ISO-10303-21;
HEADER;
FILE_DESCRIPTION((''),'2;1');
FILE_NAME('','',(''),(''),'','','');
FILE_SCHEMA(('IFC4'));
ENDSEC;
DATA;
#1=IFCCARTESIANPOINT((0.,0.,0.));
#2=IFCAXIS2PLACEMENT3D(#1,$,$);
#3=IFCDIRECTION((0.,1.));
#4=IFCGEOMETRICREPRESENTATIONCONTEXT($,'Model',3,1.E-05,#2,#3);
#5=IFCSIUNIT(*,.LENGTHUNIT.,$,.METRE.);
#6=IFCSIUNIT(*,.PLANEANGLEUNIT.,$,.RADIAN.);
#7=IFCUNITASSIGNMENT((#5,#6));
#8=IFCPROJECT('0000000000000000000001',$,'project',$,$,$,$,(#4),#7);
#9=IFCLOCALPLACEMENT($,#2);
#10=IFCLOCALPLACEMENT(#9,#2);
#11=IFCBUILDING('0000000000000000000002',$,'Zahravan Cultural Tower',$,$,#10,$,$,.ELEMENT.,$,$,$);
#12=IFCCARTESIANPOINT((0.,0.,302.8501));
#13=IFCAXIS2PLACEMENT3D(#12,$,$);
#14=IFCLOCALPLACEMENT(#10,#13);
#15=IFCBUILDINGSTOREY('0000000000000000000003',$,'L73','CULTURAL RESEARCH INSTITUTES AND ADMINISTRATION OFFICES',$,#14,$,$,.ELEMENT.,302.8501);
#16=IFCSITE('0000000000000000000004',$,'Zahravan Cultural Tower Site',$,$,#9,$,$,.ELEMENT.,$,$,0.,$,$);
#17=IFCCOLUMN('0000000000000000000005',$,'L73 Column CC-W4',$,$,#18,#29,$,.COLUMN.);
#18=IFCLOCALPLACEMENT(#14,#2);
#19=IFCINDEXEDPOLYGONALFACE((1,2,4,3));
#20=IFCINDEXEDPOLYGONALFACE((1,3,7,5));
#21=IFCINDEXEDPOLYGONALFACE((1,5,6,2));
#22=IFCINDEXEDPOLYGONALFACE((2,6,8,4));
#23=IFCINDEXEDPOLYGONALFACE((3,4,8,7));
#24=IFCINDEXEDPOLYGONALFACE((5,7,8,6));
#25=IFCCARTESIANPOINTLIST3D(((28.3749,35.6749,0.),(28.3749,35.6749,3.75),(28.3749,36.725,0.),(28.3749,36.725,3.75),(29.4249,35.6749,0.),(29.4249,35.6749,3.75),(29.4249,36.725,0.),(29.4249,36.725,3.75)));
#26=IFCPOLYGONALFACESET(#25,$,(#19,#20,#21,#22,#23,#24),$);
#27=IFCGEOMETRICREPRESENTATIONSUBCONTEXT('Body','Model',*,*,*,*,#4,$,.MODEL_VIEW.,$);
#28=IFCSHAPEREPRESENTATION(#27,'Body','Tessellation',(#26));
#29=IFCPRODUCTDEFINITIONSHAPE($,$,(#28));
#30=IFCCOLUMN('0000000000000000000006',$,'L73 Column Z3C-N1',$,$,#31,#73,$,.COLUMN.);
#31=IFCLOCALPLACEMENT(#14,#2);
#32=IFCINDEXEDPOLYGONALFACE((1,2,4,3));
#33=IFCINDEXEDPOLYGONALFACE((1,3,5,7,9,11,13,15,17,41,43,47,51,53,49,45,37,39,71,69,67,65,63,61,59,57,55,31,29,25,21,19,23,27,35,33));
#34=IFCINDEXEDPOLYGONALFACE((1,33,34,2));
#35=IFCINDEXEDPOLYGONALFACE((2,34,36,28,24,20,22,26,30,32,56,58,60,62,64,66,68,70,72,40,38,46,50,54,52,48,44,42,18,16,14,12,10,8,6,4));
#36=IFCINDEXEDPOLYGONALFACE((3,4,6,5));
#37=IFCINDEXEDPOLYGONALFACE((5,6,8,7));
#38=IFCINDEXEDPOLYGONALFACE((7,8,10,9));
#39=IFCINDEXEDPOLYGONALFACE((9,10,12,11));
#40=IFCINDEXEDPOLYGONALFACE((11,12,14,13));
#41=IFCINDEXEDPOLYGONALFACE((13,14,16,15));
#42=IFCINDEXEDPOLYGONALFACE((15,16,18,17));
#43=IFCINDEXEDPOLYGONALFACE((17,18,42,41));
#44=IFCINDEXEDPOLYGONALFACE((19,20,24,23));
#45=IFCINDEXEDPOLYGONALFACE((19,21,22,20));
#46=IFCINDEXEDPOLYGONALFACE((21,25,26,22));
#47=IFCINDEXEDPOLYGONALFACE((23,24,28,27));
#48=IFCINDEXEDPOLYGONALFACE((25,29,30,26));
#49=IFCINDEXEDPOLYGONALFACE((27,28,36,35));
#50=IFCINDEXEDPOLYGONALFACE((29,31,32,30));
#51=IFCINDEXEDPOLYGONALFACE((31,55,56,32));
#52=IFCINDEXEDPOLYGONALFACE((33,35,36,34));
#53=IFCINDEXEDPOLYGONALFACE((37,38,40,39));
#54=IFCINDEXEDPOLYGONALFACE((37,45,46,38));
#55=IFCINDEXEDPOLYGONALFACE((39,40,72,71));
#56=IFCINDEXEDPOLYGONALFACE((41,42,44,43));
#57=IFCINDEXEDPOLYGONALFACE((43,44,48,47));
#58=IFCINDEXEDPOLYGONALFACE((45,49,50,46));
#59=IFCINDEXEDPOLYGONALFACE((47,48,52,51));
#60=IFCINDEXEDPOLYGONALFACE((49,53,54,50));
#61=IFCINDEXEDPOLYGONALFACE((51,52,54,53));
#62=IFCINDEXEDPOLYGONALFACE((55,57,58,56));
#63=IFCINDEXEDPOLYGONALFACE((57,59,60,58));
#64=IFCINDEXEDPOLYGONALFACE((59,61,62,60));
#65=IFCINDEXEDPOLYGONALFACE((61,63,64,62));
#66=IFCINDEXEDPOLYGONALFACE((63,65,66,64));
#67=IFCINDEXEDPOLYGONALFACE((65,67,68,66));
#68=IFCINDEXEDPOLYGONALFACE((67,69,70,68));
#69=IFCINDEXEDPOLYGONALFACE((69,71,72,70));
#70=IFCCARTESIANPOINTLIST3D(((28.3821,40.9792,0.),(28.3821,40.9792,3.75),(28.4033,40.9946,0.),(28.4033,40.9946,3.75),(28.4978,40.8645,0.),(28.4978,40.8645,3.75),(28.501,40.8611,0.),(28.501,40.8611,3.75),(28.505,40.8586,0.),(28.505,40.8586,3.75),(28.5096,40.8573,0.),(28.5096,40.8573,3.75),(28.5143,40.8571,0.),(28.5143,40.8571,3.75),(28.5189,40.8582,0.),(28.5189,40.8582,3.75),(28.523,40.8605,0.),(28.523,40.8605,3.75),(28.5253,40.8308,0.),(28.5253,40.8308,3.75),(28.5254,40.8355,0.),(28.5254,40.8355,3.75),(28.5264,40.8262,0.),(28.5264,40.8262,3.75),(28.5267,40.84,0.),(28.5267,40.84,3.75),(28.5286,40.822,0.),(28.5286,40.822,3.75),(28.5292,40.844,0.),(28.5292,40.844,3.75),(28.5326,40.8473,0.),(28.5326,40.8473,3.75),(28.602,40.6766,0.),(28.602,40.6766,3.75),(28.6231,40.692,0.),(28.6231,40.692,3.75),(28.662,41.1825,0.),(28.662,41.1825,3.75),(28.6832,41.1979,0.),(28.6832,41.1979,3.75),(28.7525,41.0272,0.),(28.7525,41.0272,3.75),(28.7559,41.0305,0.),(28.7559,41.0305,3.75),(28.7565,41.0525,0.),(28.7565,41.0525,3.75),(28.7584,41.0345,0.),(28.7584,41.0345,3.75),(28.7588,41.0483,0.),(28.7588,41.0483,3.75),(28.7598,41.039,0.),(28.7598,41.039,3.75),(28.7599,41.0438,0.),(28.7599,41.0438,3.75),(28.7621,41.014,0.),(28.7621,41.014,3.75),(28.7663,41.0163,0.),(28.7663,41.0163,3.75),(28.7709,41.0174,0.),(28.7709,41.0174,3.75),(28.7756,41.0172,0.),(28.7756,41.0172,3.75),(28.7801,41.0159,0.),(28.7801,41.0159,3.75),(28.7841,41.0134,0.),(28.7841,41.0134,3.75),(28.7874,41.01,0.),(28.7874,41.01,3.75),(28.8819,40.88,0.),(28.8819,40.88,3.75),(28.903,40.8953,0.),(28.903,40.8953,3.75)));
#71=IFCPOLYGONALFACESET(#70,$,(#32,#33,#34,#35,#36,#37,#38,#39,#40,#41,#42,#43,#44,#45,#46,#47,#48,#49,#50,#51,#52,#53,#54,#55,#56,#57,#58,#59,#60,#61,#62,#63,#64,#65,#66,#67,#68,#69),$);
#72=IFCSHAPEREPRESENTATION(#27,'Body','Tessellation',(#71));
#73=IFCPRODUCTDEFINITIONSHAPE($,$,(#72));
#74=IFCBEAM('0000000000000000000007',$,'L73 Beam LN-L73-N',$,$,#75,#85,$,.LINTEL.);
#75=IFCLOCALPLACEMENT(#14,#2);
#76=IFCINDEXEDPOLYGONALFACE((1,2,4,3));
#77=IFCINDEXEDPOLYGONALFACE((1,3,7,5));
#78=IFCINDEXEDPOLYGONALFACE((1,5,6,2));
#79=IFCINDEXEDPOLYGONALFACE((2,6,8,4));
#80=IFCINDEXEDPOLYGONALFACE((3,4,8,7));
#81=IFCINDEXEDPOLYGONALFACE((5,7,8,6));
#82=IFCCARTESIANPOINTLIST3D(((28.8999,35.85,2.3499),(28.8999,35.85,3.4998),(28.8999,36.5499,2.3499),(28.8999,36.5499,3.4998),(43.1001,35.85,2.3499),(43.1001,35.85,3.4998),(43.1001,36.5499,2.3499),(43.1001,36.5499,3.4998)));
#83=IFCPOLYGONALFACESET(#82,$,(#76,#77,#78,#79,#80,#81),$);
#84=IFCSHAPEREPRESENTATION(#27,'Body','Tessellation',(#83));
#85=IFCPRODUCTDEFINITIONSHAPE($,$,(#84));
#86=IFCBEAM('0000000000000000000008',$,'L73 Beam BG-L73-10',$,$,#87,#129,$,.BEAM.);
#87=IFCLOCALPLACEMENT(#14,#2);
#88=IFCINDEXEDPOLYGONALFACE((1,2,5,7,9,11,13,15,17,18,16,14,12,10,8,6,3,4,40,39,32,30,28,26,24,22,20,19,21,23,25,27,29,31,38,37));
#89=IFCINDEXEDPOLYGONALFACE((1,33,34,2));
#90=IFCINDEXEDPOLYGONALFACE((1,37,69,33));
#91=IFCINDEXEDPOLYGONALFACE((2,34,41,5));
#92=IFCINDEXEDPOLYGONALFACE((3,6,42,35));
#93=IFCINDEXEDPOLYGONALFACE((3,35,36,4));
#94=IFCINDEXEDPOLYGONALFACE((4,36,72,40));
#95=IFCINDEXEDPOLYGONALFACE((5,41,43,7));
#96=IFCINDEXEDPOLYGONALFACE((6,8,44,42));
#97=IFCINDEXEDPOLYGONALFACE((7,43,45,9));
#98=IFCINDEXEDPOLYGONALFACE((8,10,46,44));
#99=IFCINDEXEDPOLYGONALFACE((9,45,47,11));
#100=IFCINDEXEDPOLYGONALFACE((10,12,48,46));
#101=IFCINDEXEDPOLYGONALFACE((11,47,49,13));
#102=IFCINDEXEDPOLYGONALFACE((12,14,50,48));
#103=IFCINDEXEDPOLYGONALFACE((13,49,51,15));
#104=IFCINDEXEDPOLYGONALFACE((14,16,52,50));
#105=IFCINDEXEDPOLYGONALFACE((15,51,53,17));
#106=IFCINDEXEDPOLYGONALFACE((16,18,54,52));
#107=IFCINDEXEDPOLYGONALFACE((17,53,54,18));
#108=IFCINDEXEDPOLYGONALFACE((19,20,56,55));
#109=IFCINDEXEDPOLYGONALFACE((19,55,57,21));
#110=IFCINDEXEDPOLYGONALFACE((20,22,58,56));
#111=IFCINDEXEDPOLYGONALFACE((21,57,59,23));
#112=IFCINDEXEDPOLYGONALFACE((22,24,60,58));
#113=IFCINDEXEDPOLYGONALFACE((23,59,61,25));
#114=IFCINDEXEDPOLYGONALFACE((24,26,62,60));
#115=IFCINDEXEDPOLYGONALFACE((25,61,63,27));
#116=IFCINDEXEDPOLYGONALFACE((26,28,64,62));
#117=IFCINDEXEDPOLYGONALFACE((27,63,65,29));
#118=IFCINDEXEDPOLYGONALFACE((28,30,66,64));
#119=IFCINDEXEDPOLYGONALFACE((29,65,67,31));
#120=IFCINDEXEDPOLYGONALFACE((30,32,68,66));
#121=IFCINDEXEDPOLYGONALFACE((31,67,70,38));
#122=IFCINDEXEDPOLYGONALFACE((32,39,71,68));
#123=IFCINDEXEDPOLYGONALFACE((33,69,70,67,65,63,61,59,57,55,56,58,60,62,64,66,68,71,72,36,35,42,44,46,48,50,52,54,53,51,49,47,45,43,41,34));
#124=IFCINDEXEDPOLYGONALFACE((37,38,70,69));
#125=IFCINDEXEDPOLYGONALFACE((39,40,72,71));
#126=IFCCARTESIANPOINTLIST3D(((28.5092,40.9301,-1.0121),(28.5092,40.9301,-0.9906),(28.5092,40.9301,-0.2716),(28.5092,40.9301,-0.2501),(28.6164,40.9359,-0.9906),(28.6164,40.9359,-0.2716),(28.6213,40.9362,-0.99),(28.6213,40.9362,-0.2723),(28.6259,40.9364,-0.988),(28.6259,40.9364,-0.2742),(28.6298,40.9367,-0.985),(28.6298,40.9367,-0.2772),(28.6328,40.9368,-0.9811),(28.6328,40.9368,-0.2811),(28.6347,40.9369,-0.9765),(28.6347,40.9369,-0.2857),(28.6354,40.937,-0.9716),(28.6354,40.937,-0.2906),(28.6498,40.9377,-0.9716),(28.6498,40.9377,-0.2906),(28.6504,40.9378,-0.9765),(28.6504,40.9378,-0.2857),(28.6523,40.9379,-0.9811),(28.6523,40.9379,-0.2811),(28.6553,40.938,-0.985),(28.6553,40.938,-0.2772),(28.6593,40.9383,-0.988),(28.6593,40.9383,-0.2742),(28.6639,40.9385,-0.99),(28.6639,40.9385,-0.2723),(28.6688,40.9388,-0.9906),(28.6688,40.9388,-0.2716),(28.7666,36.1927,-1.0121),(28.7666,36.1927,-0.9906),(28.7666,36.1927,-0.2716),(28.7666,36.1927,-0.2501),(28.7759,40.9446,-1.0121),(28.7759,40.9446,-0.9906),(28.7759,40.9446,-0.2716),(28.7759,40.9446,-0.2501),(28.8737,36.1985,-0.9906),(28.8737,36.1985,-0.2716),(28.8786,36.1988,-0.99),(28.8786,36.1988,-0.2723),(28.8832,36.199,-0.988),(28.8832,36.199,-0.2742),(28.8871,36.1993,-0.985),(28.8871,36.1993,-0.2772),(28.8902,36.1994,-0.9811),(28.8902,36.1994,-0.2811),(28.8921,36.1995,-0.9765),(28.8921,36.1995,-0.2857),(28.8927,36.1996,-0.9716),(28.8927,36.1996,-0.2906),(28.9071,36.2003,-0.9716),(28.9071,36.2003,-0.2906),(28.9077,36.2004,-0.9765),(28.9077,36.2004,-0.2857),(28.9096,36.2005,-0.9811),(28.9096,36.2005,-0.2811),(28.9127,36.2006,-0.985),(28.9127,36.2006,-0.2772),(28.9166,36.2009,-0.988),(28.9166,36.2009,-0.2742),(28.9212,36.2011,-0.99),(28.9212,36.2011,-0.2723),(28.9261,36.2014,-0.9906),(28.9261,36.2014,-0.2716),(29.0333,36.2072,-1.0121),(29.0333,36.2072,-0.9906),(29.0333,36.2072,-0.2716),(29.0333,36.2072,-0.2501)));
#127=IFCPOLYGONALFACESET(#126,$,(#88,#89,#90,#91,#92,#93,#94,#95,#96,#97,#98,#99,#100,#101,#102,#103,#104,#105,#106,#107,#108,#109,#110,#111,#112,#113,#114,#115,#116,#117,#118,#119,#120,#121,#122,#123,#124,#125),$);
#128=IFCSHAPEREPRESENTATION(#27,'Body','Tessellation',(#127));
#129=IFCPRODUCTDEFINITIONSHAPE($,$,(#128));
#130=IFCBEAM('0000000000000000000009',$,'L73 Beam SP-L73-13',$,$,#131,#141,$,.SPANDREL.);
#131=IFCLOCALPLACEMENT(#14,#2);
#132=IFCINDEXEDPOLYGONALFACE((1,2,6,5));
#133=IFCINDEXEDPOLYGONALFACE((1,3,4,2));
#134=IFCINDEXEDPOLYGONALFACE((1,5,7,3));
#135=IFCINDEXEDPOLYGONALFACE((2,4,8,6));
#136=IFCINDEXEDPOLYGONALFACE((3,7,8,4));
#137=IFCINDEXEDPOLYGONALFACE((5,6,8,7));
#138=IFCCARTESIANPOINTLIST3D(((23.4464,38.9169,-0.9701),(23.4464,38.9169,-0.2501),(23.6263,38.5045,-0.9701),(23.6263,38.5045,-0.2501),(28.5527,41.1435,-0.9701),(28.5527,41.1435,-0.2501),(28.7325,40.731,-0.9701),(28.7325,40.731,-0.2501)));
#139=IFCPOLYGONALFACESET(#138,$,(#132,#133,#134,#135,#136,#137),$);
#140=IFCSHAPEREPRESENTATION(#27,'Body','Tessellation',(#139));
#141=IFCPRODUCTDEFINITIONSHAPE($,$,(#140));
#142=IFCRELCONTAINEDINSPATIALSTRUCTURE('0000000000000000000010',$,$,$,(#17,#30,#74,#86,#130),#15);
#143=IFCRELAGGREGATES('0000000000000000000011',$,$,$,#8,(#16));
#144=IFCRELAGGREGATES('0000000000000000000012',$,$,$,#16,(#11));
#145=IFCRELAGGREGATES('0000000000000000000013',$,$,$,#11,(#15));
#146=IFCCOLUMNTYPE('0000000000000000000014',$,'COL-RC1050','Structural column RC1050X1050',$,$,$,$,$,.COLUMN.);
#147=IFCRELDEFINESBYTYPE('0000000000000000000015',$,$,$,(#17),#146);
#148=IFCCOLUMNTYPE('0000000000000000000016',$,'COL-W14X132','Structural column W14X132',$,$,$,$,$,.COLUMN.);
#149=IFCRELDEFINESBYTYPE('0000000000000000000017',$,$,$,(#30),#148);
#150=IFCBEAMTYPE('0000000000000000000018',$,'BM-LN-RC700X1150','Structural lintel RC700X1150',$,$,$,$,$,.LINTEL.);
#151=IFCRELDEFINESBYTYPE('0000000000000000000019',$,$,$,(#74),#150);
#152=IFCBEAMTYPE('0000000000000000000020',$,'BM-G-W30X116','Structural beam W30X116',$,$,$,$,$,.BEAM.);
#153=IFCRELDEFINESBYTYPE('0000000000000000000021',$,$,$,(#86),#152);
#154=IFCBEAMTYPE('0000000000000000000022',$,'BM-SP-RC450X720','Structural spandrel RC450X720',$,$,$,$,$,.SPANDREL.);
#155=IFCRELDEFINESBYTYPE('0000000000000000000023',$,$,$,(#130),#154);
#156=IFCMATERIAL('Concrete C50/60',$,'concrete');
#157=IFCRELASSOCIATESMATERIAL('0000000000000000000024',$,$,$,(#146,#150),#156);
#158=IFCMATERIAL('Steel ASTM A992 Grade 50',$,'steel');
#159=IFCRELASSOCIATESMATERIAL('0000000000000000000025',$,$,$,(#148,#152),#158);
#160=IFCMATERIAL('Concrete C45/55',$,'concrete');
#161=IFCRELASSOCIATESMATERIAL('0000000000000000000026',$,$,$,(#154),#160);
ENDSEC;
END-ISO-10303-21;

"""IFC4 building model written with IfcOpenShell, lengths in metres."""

from ifc_helpers import new_model, si_unit, direction, frame, origin, origin_2d, place, context, subcontext, project, spatial, rectangle, i_section, extrude, source, transform, mapped, material, material_profile, profile_set, type_object, element, save


model = new_model("IFC4")

# Units and contexts
model_context = context("Model", 3, precision=1e-05, world=origin(), true_north=direction((0.0, 1.0)))
body_context = subcontext(model_context, "Body", "Model", "MODEL_VIEW")
ifc_project = project(units=[si_unit("LENGTHUNIT", "METRE"), si_unit("PLANEANGLEUNIT", "RADIAN")], contexts=[model_context])

# Site, building, storey
site_placement = place(None, origin())
site = spatial("IfcSite", under=ifc_project, at=site_placement, Name="Zahravan Cultural Tower Site", CompositionType="ELEMENT", RefElevation=0.0)
building_placement = place(site_placement, origin())
building = spatial("IfcBuilding", under=site, at=building_placement, Name="Zahravan Cultural Tower", CompositionType="ELEMENT")
storey_placement = place(building_placement, frame((0.0, 0.0, 302.8501)))
storey = spatial("IfcBuildingStorey", under=building, at=storey_placement, Name="L73", Description="CULTURAL RESEARCH INSTITUTES AND ADMINISTRATION OFFICES", CompositionType="ELEMENT", Elevation=302.8501)

# Columns
ifc_material_1 = material(Name="Concrete C50/60", Category="concrete")
ifc_material_profile_1 = material_profile(ifc_material_1, rectangle(XDim=1.05, YDim=1.05, at=origin_2d()), Name="RC1050X1050")
ifc_profile_set_1 = profile_set([ifc_material_profile_1], Name="Concrete C50/60")
column_type_1 = type_object("IfcColumnType", Name="COL-RC1050", Description="Structural column RC1050X1050", PredefinedType="COLUMN", material=ifc_profile_set_1)
shared_shape_1 = source(origin(), body_context, "Body", "SweptSolid", [
    extrude(rectangle(XDim=1.05, YDim=1.05, at=origin_2d()), origin(), (0.0, 0.0, 1.0), 3.75),
])
column_1_placement = place(storey_placement, frame((28.8999, 36.2, 0.0), z_axis=(0.0, 0.0, 1.0), x_axis=(1.0, 0.0, 0.0)))
element("IfcColumn", 1, at=column_1_placement, inside=storey, type_object=column_type_1, Name="L73 Column CC-W4", PredefinedType="COLUMN", context=body_context, shape_type="MappedRepresentation", body=[
    mapped(shared_shape_1, transform((0.0, 0.0, 0.0), x_axis=(1.0, 0.0, 0.0), y_axis=(0.0, 1.0, 0.0), z_axis=(0.0, 0.0, 1.0), scale=1.0)),
])
ifc_material_2 = material(Name="Steel ASTM A992 Grade 50", Category="steel")
ifc_material_profile_2 = material_profile(ifc_material_2, i_section(OverallWidth=0.374, OverallDepth=0.3721, WebThickness=0.0164, FlangeThickness=0.0261, FilletRadius=0.0181, at=origin_2d()), Name="W14X132")
ifc_profile_set_2 = profile_set([ifc_material_profile_2], Name="Steel ASTM A992 Grade 50")
column_type_2 = type_object("IfcColumnType", Name="COL-W14X132", Description="Structural column W14X132", PredefinedType="COLUMN", material=ifc_profile_set_2)
shared_shape_2 = source(origin(), body_context, "Body", "SweptSolid", [
    extrude(i_section(OverallWidth=0.374, OverallDepth=0.3721, WebThickness=0.0164, FlangeThickness=0.0261, FilletRadius=0.0181, at=origin_2d()), origin(), (0.0, 0.0, 1.0), 3.75),
])
column_2_placement = place(storey_placement, frame((28.6426, 40.9373, 0.0), z_axis=(0.0, 0.0, 1.0), x_axis=(-0.587785, 0.809017, 0.0)))
element("IfcColumn", 2, at=column_2_placement, inside=storey, type_object=column_type_2, Name="L73 Column Z3C-N1", PredefinedType="COLUMN", context=body_context, shape_type="MappedRepresentation", body=[
    mapped(shared_shape_2, transform((0.0, 0.0, 0.0), x_axis=(1.0, 0.0, 0.0), y_axis=(0.0, 1.0, 0.0), z_axis=(0.0, 0.0, 1.0), scale=1.0)),
])

# Beams
ifc_material_profile_3 = material_profile(ifc_material_1, rectangle(XDim=0.7, YDim=1.1499, at=origin_2d()), Name="RC700X1150")
ifc_profile_set_3 = profile_set([ifc_material_profile_3], Name="Concrete C50/60")
beam_type_1 = type_object("IfcBeamType", Name="BM-LN-RC700X1150", Description="Structural lintel RC700X1150", PredefinedType="LINTEL", material=ifc_profile_set_3)
shared_shape_3 = source(origin(), body_context, "Body", "SweptSolid", [
    extrude(rectangle(XDim=0.7, YDim=1.1499, at=origin_2d()), origin(), (0.0, 0.0, 1.0), 14.2002),
])
beam_1_placement = place(storey_placement, frame((28.8999, 36.2, 2.9248), z_axis=(1.0, 0.0, 0.0), x_axis=(0.0, 1.0, 0.0)))
element("IfcBeam", 3, at=beam_1_placement, inside=storey, type_object=beam_type_1, Name="L73 Beam LN-L73-N", PredefinedType="LINTEL", context=body_context, shape_type="MappedRepresentation", body=[
    mapped(shared_shape_3, transform((0.0, 0.0, 0.0), x_axis=(1.0, 0.0, 0.0), y_axis=(0.0, 1.0, 0.0), z_axis=(0.0, 0.0, 1.0), scale=1.0)),
])
ifc_material_profile_4 = material_profile(ifc_material_2, i_section(OverallWidth=0.2671, OverallDepth=0.762, WebThickness=0.0144, FlangeThickness=0.0215, FilletRadius=0.019, at=origin_2d()), Name="W30X116")
ifc_profile_set_4 = profile_set([ifc_material_profile_4], Name="Steel ASTM A992 Grade 50")
beam_type_2 = type_object("IfcBeamType", Name="BM-G-W30X116", Description="Structural beam W30X116", PredefinedType="BEAM", material=ifc_profile_set_4)
shared_shape_4 = source(origin(), body_context, "Body", "SweptSolid", [
    extrude(i_section(OverallWidth=0.2671, OverallDepth=0.762, WebThickness=0.0144, FlangeThickness=0.0215, FilletRadius=0.019, at=origin_2d()), origin(), (0.0, 0.0, 1.0), 4.7444),
])
beam_2_placement = place(storey_placement, frame((28.8999, 36.2, -0.6311), z_axis=(-0.054239, 0.998528, 0.0), x_axis=(-0.998528, -0.054239, 0.0)))
element("IfcBeam", 4, at=beam_2_placement, inside=storey, type_object=beam_type_2, Name="L73 Beam BG-L73-10", PredefinedType="BEAM", context=body_context, shape_type="MappedRepresentation", body=[
    mapped(shared_shape_4, transform((0.0, 0.0, 0.0), x_axis=(1.0, 0.0, 0.0), y_axis=(0.0, 1.0, 0.0), z_axis=(0.0, 0.0, 1.0), scale=1.0)),
])
ifc_material_3 = material(Name="Concrete C45/55", Category="concrete")
ifc_material_profile_5 = material_profile(ifc_material_3, rectangle(XDim=0.45, YDim=0.72, at=origin_2d()), Name="RC450X720")
ifc_profile_set_5 = profile_set([ifc_material_profile_5], Name="Concrete C45/55")
beam_type_3 = type_object("IfcBeamType", Name="BM-SP-RC450X720", Description="Structural spandrel RC450X720", PredefinedType="SPANDREL", material=ifc_profile_set_5)
shared_shape_5 = source(origin(), body_context, "Body", "SweptSolid", [
    extrude(rectangle(XDim=0.45, YDim=0.72, at=origin_2d()), origin(), (0.0, 0.0, 1.0), 5.5706),
])
beam_3_placement = place(storey_placement, frame((28.6426, 40.9373, -0.6101), z_axis=(-0.916645, -0.399703, 0.0), x_axis=(0.399703, -0.916645, 0.0)))
element("IfcBeam", 5, at=beam_3_placement, inside=storey, type_object=beam_type_3, Name="L73 Beam SP-L73-13", PredefinedType="SPANDREL", context=body_context, shape_type="MappedRepresentation", body=[
    mapped(shared_shape_5, transform((0.0, 0.0, 0.0), x_axis=(1.0, 0.0, 0.0), y_axis=(0.0, 1.0, 0.0), z_axis=(0.0, 0.0, 1.0), scale=1.0)),
])

save(model, "model.ifc")
